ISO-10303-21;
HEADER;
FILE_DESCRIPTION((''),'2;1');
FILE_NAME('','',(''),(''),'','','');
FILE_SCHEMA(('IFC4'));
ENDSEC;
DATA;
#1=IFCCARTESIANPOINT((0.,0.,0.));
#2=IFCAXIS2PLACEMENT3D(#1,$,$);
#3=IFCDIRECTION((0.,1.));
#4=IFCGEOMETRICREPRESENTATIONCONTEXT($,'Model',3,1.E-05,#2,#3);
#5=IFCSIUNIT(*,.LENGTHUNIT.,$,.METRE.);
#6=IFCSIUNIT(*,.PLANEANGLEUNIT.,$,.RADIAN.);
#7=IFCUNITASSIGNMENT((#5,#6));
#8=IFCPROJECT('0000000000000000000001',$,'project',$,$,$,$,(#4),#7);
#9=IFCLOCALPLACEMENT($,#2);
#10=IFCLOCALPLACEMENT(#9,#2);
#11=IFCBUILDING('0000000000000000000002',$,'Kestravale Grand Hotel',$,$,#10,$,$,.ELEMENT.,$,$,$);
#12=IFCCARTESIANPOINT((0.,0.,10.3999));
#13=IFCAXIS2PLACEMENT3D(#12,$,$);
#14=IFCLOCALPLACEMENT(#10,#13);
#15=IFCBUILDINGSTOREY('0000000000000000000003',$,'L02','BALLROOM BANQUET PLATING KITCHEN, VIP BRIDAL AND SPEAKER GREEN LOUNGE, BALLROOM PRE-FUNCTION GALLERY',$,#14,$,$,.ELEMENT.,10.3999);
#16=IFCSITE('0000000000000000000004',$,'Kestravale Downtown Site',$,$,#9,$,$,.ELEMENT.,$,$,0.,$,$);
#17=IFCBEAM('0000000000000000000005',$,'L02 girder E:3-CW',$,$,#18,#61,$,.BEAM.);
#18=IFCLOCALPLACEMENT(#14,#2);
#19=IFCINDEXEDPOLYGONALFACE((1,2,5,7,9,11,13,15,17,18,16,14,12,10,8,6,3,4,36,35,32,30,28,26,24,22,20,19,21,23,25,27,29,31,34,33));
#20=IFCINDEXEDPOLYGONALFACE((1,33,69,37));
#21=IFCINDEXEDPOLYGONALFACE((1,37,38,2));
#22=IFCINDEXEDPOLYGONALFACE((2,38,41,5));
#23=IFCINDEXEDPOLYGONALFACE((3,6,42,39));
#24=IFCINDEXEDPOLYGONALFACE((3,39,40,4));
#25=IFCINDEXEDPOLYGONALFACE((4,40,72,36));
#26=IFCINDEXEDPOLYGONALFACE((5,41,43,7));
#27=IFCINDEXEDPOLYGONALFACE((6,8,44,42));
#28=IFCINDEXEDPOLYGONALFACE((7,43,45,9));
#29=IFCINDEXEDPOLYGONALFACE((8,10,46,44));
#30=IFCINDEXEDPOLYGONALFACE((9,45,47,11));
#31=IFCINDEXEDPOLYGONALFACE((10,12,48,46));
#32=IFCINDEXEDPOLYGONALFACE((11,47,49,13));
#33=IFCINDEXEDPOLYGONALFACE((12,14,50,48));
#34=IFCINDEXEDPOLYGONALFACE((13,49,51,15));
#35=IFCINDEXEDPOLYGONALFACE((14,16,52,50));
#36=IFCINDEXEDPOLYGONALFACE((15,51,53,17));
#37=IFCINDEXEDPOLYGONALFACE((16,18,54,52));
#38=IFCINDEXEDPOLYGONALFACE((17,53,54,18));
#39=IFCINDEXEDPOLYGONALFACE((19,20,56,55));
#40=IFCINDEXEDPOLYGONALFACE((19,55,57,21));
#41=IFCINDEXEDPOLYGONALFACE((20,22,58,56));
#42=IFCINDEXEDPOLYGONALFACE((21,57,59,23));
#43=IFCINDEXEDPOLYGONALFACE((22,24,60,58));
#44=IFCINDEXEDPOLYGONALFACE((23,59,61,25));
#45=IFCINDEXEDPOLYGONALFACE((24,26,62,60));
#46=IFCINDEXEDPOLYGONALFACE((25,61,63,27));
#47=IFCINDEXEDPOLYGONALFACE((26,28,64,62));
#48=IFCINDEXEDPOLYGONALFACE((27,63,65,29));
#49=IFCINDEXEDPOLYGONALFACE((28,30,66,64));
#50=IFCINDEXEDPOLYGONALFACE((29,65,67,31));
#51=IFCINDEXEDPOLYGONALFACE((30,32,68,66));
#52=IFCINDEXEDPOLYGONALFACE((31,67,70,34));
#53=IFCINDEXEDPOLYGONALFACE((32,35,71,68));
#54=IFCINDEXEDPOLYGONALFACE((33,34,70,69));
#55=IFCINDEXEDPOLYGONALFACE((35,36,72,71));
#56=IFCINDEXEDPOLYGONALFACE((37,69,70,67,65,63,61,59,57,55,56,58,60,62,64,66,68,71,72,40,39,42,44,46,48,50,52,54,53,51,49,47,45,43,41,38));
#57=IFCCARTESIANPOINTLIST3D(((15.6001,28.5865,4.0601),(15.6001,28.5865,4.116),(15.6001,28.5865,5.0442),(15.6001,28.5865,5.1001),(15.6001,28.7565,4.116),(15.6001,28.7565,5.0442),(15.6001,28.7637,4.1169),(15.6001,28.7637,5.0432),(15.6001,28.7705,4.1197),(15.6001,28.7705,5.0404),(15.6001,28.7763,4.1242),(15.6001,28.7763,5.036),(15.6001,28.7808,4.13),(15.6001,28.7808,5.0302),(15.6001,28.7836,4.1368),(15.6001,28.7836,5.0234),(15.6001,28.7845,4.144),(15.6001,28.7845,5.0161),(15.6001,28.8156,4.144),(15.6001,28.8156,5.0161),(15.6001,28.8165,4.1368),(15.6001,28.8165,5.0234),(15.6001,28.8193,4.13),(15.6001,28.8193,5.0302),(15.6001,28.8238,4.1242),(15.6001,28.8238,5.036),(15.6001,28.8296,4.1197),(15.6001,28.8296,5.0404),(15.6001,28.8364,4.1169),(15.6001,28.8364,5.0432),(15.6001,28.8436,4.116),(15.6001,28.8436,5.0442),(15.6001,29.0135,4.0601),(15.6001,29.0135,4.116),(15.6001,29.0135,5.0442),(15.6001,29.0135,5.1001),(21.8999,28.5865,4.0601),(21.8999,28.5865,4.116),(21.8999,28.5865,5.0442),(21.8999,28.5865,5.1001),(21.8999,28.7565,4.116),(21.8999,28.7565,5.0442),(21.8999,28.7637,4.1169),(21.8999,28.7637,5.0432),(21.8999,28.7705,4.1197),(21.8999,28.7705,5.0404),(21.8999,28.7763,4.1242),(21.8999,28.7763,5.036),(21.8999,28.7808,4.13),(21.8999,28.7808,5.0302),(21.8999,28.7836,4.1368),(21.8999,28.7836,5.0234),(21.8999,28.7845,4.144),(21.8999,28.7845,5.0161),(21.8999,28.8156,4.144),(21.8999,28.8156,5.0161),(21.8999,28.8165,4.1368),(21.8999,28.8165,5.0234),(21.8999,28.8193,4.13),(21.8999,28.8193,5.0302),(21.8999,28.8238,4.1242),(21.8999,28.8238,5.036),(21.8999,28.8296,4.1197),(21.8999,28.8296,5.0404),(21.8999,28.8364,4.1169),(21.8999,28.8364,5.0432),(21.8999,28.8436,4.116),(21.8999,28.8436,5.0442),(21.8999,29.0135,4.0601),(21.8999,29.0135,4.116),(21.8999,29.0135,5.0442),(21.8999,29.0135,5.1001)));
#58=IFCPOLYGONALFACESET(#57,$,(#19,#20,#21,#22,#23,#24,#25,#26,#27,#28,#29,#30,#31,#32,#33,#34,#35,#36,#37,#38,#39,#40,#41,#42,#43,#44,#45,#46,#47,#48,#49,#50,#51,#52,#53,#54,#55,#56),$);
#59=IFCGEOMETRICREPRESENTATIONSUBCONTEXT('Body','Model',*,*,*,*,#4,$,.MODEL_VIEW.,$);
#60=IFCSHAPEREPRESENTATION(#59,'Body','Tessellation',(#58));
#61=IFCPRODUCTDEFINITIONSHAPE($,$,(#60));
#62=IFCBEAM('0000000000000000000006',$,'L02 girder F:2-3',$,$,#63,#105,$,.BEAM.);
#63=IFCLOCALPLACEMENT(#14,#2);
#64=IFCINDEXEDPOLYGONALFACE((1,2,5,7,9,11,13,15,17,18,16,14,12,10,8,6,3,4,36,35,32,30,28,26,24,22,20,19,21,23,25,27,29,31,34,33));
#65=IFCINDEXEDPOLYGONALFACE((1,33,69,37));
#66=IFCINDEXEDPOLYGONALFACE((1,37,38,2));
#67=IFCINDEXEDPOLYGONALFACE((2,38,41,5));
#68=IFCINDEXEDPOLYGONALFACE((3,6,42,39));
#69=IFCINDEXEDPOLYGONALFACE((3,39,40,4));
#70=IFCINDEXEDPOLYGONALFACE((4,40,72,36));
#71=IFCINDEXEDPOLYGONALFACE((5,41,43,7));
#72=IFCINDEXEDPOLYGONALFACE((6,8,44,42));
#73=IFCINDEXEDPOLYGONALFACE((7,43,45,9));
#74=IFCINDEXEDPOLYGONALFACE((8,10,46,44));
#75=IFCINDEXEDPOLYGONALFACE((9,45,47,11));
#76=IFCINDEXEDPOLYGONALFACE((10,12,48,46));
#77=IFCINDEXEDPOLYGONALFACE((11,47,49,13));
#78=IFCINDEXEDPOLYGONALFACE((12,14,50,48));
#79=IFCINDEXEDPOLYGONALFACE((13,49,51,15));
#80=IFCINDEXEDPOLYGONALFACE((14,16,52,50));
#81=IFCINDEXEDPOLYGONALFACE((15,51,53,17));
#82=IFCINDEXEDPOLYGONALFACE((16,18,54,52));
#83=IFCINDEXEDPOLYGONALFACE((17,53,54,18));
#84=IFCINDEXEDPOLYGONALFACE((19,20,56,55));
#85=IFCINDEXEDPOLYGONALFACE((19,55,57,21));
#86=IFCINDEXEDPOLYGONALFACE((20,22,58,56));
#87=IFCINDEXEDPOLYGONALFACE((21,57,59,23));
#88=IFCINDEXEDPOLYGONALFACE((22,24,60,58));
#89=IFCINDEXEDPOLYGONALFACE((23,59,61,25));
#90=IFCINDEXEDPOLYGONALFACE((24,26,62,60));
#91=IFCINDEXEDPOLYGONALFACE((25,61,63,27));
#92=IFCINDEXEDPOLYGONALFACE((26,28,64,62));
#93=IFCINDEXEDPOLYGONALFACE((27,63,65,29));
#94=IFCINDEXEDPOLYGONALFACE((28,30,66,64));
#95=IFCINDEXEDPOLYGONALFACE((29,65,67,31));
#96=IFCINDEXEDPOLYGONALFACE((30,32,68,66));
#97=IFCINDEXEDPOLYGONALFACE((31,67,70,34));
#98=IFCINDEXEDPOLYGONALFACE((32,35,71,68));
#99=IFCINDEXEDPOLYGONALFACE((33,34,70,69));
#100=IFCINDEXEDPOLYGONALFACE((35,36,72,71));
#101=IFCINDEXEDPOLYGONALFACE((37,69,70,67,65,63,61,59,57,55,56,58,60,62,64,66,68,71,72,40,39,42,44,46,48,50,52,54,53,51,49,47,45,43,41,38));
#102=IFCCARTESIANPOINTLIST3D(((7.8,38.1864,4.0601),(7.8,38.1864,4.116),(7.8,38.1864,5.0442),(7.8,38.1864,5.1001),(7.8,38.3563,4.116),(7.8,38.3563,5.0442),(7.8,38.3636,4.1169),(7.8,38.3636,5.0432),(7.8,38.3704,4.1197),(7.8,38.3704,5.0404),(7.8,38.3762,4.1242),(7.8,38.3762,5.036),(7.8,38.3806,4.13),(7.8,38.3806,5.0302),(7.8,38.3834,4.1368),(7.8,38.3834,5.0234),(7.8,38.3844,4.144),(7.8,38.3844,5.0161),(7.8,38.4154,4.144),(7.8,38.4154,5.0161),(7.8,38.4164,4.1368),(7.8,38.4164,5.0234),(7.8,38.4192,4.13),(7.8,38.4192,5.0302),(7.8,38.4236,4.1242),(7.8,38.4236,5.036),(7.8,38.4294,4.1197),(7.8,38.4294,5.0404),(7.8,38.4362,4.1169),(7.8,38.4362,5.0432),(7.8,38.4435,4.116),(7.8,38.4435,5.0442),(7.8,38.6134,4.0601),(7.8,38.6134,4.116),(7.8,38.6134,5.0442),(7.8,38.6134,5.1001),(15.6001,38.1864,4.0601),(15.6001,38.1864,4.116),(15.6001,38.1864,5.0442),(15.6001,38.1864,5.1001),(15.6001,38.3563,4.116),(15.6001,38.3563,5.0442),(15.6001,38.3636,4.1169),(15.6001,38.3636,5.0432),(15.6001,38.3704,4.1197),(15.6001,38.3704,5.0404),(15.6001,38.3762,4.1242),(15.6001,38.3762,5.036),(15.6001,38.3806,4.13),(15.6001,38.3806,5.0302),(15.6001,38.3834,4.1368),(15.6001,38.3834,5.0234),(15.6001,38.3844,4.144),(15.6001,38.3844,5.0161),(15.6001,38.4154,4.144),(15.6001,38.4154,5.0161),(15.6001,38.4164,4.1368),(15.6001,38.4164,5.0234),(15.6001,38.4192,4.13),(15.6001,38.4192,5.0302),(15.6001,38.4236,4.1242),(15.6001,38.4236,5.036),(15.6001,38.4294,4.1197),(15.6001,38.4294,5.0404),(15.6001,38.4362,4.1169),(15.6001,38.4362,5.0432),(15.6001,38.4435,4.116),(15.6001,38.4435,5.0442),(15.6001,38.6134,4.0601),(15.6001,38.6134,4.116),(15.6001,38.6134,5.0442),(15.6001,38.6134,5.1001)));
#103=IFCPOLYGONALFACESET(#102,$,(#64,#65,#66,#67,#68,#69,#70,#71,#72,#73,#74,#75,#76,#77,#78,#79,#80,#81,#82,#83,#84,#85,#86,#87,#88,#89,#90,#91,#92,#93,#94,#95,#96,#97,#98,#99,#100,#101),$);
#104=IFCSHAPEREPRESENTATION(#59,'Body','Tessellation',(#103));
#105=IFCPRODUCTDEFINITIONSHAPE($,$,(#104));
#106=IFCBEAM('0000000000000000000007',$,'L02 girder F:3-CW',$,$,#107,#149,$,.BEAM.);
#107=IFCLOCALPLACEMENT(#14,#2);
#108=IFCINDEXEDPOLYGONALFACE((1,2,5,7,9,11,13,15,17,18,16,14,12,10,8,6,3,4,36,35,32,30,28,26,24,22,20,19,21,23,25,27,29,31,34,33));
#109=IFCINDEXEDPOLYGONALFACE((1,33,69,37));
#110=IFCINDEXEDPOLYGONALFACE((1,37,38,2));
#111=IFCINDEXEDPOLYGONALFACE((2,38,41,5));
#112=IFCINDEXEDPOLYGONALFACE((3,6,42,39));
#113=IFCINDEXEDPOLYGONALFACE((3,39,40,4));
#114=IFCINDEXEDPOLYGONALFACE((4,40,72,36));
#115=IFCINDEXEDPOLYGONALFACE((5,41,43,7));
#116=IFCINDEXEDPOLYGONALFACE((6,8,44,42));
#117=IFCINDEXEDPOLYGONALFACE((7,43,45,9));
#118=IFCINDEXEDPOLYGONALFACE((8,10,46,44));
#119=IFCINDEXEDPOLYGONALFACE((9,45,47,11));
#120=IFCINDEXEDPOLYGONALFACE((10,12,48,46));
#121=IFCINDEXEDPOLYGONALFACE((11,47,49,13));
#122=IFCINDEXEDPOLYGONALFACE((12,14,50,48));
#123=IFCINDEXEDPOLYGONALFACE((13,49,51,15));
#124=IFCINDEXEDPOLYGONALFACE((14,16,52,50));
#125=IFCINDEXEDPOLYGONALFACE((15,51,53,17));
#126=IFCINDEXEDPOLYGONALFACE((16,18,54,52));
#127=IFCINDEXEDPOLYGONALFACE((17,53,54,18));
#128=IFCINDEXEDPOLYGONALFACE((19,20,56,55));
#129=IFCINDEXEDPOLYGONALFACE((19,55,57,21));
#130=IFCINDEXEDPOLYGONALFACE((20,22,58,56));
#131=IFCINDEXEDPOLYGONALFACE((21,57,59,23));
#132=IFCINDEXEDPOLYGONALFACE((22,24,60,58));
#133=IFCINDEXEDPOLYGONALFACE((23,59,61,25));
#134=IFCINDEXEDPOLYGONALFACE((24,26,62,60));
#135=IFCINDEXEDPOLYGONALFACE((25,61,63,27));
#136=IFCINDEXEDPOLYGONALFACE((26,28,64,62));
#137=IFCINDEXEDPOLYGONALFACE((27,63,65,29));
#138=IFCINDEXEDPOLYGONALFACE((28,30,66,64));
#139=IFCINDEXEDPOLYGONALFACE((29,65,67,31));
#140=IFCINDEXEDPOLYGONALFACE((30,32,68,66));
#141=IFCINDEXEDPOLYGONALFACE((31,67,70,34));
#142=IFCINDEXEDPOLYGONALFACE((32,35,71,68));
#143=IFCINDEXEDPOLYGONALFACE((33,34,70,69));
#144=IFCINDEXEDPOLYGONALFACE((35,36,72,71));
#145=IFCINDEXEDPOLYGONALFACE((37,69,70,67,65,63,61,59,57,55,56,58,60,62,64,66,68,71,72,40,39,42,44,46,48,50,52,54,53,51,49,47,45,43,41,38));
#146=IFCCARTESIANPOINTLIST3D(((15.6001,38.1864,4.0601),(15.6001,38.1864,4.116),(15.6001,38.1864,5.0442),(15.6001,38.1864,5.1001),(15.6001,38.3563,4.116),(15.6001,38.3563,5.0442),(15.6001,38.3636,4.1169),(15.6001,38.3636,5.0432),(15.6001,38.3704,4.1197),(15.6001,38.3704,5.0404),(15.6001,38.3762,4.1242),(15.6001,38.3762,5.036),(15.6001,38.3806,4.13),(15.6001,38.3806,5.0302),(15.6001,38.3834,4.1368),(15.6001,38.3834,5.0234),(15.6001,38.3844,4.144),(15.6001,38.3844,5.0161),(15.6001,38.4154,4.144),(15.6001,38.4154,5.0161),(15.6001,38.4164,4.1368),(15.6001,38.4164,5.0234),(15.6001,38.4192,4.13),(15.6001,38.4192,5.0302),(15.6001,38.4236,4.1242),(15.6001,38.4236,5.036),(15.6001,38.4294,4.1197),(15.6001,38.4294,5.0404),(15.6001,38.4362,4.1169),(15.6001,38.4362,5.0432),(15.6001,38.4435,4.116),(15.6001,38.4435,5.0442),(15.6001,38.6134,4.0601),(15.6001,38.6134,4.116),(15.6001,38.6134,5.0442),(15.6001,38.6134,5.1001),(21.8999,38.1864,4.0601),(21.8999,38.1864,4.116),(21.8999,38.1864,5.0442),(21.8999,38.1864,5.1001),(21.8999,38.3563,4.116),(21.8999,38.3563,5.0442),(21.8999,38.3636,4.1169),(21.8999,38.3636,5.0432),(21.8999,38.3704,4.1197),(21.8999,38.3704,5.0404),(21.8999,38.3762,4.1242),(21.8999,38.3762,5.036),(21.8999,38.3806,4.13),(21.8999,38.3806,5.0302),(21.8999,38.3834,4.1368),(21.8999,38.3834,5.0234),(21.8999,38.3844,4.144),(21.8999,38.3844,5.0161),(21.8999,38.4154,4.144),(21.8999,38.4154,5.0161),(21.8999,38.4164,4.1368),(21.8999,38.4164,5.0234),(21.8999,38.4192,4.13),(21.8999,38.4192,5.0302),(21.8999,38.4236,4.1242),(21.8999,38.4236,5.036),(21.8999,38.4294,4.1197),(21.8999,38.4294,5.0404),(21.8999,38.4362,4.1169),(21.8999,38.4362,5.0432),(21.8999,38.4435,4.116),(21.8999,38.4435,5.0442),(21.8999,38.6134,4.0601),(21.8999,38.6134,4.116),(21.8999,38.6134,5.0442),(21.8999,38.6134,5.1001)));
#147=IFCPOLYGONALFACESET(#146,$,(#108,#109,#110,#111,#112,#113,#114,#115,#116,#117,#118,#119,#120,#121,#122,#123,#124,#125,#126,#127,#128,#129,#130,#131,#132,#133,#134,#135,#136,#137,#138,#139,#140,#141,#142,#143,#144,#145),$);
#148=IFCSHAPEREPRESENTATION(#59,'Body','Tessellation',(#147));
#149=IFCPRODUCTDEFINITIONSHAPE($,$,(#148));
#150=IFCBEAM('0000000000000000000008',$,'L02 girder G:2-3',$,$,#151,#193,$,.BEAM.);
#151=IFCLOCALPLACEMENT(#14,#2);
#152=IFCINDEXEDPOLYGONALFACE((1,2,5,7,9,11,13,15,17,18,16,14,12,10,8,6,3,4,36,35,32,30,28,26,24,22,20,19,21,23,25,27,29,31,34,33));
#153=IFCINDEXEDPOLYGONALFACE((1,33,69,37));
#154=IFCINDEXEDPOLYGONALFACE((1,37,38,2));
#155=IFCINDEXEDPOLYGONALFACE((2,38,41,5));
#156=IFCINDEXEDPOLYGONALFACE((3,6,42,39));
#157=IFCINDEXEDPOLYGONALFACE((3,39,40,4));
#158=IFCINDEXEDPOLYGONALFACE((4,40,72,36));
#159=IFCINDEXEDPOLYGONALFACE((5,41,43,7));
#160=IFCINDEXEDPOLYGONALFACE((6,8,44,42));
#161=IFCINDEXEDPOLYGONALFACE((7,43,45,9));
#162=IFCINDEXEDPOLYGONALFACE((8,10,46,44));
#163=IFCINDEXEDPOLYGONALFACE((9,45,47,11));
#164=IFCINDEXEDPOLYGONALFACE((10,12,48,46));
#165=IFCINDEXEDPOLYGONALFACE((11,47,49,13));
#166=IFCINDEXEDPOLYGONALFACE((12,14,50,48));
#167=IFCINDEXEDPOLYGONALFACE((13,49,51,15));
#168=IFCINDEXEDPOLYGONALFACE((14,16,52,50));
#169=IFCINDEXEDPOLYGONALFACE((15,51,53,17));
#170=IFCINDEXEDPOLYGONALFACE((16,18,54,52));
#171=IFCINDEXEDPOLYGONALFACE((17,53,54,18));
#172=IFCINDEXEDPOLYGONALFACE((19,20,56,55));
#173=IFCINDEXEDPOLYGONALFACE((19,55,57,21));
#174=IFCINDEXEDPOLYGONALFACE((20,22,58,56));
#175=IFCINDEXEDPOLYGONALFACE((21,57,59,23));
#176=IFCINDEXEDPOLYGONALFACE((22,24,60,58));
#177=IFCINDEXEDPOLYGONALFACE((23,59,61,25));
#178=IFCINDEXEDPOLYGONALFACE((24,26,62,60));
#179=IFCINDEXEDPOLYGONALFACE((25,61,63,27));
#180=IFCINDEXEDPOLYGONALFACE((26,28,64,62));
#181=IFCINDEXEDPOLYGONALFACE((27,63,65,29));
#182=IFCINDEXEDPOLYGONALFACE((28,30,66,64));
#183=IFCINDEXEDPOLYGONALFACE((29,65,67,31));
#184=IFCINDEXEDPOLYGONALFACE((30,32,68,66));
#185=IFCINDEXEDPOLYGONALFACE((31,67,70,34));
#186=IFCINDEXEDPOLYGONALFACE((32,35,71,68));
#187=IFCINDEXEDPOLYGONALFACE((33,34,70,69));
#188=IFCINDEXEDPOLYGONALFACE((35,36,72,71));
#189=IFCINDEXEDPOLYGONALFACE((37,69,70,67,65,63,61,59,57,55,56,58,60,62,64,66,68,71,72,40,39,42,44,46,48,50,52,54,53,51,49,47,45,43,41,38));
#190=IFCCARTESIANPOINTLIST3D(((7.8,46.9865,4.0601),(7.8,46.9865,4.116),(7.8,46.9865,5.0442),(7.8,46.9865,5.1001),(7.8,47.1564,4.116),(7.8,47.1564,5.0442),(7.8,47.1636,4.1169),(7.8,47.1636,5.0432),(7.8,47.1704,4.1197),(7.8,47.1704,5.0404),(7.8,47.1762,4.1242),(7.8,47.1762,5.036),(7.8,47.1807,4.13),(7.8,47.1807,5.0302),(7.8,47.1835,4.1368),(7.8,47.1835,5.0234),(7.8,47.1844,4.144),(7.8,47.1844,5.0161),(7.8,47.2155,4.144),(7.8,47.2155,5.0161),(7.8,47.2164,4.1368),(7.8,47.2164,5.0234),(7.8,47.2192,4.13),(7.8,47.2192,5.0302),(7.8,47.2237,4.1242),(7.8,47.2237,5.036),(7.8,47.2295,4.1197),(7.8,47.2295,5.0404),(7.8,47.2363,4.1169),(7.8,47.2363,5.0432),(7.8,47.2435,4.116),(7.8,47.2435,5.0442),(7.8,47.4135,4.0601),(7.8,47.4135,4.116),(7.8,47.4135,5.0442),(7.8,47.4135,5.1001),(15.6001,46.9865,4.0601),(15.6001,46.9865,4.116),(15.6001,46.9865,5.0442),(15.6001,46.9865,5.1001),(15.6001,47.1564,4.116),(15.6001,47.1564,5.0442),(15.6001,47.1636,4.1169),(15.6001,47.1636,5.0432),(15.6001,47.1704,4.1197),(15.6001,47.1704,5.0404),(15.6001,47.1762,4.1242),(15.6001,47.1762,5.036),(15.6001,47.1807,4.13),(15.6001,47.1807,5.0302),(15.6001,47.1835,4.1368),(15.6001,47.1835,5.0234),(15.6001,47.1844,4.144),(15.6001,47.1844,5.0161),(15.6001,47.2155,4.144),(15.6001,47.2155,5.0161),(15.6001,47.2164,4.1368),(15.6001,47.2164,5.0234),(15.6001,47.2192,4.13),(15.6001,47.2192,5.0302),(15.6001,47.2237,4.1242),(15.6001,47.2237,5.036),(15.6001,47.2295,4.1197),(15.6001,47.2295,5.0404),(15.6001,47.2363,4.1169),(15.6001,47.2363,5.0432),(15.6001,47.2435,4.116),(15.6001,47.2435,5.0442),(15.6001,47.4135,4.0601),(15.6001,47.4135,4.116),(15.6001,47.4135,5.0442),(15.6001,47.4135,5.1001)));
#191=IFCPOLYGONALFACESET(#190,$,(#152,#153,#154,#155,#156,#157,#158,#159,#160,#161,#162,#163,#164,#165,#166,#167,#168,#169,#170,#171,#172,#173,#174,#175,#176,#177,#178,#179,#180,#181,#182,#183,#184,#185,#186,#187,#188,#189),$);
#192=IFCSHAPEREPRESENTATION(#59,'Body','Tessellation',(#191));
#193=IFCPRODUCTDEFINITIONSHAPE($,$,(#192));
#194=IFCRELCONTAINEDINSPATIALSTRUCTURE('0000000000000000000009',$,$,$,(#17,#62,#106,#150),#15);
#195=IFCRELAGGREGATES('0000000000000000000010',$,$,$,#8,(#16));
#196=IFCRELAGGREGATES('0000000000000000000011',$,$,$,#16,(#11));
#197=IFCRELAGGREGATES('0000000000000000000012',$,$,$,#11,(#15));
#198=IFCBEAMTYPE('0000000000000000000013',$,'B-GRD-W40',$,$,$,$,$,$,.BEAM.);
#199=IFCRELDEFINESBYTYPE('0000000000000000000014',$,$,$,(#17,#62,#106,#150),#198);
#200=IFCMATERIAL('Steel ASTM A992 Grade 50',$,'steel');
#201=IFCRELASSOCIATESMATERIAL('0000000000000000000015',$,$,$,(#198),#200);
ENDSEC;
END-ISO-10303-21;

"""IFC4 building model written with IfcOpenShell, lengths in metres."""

from ifc_helpers import new_model, si_unit, direction, frame, origin, origin_2d, place, context, subcontext, project, spatial, i_section, extrude, material, material_profile, profile_set, type_object, element, save


model = new_model("IFC4")

# Units and contexts
model_context = context("Model", 3, precision=1e-05, world=origin(), true_north=direction((0.0, 1.0)))
body_context = subcontext(model_context, "Body", "Model", "MODEL_VIEW")
ifc_project = project(units=[si_unit("LENGTHUNIT", "METRE"), si_unit("PLANEANGLEUNIT", "RADIAN")], contexts=[model_context])

# Site, building, storey
site_placement = place(None, origin())
site = spatial("IfcSite", under=ifc_project, at=site_placement, Name="Kestravale Downtown Site", CompositionType="ELEMENT", RefElevation=0.0)
building_placement = place(site_placement, origin())
building = spatial("IfcBuilding", under=site, at=building_placement, Name="Kestravale Grand Hotel", CompositionType="ELEMENT")
storey_placement = place(building_placement, frame((0.0, 0.0, 10.3999)))
storey = spatial("IfcBuildingStorey", under=building, at=storey_placement, Name="L02", Description="BALLROOM BANQUET PLATING KITCHEN, VIP BRIDAL AND SPEAKER GREEN LOUNGE, BALLROOM PRE-FUNCTION GALLERY", CompositionType="ELEMENT", Elevation=10.3999)

# Beams
ifc_material_1 = material(Name="Steel ASTM A992 Grade 50", Category="steel")
ifc_material_profile_1 = material_profile(ifc_material_1, i_section(OverallWidth=0.427, OverallDepth=1.04, WebThickness=0.031, FlangeThickness=0.0559, FilletRadius=0.0281, at=origin_2d()))
ifc_profile_set_1 = profile_set([ifc_material_profile_1], Name="Steel ASTM A992 Grade 50")
beam_type_1 = type_object("IfcBeamType", Name="B-GRD-W40", PredefinedType="BEAM", material=ifc_profile_set_1)
beam_1_placement = place(storey_placement, frame((15.6001, 28.8, 4.5801), z_axis=(1.0, 0.0, 0.0), x_axis=(0.0, 1.0, 0.0)))
element("IfcBeam", 1, at=beam_1_placement, inside=storey, type_object=beam_type_1, Name="L02 girder E:3-CW", PredefinedType="BEAM", context=body_context, shape_type="SweptSolid", body=[
    extrude(i_section(OverallWidth=0.427, OverallDepth=1.04, WebThickness=0.031, FlangeThickness=0.0559, FilletRadius=0.0281, at=origin_2d()), origin(), (0.0, 0.0, 1.0), 6.2998),
])
beam_2_placement = place(storey_placement, frame((7.8, 38.3999, 4.5801), z_axis=(1.0, 0.0, 0.0), x_axis=(0.0, 1.0, 0.0)))
element("IfcBeam", 2, at=beam_2_placement, inside=storey, type_object=beam_type_1, Name="L02 girder F:2-3", PredefinedType="BEAM", context=body_context, shape_type="SweptSolid", body=[
    extrude(i_section(OverallWidth=0.427, OverallDepth=1.04, WebThickness=0.031, FlangeThickness=0.0559, FilletRadius=0.0281, at=origin_2d()), origin(), (0.0, 0.0, 1.0), 7.8),
])
beam_3_placement = place(storey_placement, frame((15.6001, 38.3999, 4.5801), z_axis=(1.0, 0.0, 0.0), x_axis=(0.0, 1.0, 0.0)))
element("IfcBeam", 3, at=beam_3_placement, inside=storey, type_object=beam_type_1, Name="L02 girder F:3-CW", PredefinedType="BEAM", context=body_context, shape_type="SweptSolid", body=[
    extrude(i_section(OverallWidth=0.427, OverallDepth=1.04, WebThickness=0.031, FlangeThickness=0.0559, FilletRadius=0.0281, at=origin_2d()), origin(), (0.0, 0.0, 1.0), 6.2998),
])
beam_4_placement = place(storey_placement, frame((7.8, 47.2, 4.5801), z_axis=(1.0, 0.0, 0.0), x_axis=(0.0, 1.0, 0.0)))
element("IfcBeam", 4, at=beam_4_placement, inside=storey, type_object=beam_type_1, Name="L02 girder G:2-3", PredefinedType="BEAM", context=body_context, shape_type="SweptSolid", body=[
    extrude(i_section(OverallWidth=0.427, OverallDepth=1.04, WebThickness=0.031, FlangeThickness=0.0559, FilletRadius=0.0281, at=origin_2d()), origin(), (0.0, 0.0, 1.0), 7.8),
])

save(model, "model.ifc")
